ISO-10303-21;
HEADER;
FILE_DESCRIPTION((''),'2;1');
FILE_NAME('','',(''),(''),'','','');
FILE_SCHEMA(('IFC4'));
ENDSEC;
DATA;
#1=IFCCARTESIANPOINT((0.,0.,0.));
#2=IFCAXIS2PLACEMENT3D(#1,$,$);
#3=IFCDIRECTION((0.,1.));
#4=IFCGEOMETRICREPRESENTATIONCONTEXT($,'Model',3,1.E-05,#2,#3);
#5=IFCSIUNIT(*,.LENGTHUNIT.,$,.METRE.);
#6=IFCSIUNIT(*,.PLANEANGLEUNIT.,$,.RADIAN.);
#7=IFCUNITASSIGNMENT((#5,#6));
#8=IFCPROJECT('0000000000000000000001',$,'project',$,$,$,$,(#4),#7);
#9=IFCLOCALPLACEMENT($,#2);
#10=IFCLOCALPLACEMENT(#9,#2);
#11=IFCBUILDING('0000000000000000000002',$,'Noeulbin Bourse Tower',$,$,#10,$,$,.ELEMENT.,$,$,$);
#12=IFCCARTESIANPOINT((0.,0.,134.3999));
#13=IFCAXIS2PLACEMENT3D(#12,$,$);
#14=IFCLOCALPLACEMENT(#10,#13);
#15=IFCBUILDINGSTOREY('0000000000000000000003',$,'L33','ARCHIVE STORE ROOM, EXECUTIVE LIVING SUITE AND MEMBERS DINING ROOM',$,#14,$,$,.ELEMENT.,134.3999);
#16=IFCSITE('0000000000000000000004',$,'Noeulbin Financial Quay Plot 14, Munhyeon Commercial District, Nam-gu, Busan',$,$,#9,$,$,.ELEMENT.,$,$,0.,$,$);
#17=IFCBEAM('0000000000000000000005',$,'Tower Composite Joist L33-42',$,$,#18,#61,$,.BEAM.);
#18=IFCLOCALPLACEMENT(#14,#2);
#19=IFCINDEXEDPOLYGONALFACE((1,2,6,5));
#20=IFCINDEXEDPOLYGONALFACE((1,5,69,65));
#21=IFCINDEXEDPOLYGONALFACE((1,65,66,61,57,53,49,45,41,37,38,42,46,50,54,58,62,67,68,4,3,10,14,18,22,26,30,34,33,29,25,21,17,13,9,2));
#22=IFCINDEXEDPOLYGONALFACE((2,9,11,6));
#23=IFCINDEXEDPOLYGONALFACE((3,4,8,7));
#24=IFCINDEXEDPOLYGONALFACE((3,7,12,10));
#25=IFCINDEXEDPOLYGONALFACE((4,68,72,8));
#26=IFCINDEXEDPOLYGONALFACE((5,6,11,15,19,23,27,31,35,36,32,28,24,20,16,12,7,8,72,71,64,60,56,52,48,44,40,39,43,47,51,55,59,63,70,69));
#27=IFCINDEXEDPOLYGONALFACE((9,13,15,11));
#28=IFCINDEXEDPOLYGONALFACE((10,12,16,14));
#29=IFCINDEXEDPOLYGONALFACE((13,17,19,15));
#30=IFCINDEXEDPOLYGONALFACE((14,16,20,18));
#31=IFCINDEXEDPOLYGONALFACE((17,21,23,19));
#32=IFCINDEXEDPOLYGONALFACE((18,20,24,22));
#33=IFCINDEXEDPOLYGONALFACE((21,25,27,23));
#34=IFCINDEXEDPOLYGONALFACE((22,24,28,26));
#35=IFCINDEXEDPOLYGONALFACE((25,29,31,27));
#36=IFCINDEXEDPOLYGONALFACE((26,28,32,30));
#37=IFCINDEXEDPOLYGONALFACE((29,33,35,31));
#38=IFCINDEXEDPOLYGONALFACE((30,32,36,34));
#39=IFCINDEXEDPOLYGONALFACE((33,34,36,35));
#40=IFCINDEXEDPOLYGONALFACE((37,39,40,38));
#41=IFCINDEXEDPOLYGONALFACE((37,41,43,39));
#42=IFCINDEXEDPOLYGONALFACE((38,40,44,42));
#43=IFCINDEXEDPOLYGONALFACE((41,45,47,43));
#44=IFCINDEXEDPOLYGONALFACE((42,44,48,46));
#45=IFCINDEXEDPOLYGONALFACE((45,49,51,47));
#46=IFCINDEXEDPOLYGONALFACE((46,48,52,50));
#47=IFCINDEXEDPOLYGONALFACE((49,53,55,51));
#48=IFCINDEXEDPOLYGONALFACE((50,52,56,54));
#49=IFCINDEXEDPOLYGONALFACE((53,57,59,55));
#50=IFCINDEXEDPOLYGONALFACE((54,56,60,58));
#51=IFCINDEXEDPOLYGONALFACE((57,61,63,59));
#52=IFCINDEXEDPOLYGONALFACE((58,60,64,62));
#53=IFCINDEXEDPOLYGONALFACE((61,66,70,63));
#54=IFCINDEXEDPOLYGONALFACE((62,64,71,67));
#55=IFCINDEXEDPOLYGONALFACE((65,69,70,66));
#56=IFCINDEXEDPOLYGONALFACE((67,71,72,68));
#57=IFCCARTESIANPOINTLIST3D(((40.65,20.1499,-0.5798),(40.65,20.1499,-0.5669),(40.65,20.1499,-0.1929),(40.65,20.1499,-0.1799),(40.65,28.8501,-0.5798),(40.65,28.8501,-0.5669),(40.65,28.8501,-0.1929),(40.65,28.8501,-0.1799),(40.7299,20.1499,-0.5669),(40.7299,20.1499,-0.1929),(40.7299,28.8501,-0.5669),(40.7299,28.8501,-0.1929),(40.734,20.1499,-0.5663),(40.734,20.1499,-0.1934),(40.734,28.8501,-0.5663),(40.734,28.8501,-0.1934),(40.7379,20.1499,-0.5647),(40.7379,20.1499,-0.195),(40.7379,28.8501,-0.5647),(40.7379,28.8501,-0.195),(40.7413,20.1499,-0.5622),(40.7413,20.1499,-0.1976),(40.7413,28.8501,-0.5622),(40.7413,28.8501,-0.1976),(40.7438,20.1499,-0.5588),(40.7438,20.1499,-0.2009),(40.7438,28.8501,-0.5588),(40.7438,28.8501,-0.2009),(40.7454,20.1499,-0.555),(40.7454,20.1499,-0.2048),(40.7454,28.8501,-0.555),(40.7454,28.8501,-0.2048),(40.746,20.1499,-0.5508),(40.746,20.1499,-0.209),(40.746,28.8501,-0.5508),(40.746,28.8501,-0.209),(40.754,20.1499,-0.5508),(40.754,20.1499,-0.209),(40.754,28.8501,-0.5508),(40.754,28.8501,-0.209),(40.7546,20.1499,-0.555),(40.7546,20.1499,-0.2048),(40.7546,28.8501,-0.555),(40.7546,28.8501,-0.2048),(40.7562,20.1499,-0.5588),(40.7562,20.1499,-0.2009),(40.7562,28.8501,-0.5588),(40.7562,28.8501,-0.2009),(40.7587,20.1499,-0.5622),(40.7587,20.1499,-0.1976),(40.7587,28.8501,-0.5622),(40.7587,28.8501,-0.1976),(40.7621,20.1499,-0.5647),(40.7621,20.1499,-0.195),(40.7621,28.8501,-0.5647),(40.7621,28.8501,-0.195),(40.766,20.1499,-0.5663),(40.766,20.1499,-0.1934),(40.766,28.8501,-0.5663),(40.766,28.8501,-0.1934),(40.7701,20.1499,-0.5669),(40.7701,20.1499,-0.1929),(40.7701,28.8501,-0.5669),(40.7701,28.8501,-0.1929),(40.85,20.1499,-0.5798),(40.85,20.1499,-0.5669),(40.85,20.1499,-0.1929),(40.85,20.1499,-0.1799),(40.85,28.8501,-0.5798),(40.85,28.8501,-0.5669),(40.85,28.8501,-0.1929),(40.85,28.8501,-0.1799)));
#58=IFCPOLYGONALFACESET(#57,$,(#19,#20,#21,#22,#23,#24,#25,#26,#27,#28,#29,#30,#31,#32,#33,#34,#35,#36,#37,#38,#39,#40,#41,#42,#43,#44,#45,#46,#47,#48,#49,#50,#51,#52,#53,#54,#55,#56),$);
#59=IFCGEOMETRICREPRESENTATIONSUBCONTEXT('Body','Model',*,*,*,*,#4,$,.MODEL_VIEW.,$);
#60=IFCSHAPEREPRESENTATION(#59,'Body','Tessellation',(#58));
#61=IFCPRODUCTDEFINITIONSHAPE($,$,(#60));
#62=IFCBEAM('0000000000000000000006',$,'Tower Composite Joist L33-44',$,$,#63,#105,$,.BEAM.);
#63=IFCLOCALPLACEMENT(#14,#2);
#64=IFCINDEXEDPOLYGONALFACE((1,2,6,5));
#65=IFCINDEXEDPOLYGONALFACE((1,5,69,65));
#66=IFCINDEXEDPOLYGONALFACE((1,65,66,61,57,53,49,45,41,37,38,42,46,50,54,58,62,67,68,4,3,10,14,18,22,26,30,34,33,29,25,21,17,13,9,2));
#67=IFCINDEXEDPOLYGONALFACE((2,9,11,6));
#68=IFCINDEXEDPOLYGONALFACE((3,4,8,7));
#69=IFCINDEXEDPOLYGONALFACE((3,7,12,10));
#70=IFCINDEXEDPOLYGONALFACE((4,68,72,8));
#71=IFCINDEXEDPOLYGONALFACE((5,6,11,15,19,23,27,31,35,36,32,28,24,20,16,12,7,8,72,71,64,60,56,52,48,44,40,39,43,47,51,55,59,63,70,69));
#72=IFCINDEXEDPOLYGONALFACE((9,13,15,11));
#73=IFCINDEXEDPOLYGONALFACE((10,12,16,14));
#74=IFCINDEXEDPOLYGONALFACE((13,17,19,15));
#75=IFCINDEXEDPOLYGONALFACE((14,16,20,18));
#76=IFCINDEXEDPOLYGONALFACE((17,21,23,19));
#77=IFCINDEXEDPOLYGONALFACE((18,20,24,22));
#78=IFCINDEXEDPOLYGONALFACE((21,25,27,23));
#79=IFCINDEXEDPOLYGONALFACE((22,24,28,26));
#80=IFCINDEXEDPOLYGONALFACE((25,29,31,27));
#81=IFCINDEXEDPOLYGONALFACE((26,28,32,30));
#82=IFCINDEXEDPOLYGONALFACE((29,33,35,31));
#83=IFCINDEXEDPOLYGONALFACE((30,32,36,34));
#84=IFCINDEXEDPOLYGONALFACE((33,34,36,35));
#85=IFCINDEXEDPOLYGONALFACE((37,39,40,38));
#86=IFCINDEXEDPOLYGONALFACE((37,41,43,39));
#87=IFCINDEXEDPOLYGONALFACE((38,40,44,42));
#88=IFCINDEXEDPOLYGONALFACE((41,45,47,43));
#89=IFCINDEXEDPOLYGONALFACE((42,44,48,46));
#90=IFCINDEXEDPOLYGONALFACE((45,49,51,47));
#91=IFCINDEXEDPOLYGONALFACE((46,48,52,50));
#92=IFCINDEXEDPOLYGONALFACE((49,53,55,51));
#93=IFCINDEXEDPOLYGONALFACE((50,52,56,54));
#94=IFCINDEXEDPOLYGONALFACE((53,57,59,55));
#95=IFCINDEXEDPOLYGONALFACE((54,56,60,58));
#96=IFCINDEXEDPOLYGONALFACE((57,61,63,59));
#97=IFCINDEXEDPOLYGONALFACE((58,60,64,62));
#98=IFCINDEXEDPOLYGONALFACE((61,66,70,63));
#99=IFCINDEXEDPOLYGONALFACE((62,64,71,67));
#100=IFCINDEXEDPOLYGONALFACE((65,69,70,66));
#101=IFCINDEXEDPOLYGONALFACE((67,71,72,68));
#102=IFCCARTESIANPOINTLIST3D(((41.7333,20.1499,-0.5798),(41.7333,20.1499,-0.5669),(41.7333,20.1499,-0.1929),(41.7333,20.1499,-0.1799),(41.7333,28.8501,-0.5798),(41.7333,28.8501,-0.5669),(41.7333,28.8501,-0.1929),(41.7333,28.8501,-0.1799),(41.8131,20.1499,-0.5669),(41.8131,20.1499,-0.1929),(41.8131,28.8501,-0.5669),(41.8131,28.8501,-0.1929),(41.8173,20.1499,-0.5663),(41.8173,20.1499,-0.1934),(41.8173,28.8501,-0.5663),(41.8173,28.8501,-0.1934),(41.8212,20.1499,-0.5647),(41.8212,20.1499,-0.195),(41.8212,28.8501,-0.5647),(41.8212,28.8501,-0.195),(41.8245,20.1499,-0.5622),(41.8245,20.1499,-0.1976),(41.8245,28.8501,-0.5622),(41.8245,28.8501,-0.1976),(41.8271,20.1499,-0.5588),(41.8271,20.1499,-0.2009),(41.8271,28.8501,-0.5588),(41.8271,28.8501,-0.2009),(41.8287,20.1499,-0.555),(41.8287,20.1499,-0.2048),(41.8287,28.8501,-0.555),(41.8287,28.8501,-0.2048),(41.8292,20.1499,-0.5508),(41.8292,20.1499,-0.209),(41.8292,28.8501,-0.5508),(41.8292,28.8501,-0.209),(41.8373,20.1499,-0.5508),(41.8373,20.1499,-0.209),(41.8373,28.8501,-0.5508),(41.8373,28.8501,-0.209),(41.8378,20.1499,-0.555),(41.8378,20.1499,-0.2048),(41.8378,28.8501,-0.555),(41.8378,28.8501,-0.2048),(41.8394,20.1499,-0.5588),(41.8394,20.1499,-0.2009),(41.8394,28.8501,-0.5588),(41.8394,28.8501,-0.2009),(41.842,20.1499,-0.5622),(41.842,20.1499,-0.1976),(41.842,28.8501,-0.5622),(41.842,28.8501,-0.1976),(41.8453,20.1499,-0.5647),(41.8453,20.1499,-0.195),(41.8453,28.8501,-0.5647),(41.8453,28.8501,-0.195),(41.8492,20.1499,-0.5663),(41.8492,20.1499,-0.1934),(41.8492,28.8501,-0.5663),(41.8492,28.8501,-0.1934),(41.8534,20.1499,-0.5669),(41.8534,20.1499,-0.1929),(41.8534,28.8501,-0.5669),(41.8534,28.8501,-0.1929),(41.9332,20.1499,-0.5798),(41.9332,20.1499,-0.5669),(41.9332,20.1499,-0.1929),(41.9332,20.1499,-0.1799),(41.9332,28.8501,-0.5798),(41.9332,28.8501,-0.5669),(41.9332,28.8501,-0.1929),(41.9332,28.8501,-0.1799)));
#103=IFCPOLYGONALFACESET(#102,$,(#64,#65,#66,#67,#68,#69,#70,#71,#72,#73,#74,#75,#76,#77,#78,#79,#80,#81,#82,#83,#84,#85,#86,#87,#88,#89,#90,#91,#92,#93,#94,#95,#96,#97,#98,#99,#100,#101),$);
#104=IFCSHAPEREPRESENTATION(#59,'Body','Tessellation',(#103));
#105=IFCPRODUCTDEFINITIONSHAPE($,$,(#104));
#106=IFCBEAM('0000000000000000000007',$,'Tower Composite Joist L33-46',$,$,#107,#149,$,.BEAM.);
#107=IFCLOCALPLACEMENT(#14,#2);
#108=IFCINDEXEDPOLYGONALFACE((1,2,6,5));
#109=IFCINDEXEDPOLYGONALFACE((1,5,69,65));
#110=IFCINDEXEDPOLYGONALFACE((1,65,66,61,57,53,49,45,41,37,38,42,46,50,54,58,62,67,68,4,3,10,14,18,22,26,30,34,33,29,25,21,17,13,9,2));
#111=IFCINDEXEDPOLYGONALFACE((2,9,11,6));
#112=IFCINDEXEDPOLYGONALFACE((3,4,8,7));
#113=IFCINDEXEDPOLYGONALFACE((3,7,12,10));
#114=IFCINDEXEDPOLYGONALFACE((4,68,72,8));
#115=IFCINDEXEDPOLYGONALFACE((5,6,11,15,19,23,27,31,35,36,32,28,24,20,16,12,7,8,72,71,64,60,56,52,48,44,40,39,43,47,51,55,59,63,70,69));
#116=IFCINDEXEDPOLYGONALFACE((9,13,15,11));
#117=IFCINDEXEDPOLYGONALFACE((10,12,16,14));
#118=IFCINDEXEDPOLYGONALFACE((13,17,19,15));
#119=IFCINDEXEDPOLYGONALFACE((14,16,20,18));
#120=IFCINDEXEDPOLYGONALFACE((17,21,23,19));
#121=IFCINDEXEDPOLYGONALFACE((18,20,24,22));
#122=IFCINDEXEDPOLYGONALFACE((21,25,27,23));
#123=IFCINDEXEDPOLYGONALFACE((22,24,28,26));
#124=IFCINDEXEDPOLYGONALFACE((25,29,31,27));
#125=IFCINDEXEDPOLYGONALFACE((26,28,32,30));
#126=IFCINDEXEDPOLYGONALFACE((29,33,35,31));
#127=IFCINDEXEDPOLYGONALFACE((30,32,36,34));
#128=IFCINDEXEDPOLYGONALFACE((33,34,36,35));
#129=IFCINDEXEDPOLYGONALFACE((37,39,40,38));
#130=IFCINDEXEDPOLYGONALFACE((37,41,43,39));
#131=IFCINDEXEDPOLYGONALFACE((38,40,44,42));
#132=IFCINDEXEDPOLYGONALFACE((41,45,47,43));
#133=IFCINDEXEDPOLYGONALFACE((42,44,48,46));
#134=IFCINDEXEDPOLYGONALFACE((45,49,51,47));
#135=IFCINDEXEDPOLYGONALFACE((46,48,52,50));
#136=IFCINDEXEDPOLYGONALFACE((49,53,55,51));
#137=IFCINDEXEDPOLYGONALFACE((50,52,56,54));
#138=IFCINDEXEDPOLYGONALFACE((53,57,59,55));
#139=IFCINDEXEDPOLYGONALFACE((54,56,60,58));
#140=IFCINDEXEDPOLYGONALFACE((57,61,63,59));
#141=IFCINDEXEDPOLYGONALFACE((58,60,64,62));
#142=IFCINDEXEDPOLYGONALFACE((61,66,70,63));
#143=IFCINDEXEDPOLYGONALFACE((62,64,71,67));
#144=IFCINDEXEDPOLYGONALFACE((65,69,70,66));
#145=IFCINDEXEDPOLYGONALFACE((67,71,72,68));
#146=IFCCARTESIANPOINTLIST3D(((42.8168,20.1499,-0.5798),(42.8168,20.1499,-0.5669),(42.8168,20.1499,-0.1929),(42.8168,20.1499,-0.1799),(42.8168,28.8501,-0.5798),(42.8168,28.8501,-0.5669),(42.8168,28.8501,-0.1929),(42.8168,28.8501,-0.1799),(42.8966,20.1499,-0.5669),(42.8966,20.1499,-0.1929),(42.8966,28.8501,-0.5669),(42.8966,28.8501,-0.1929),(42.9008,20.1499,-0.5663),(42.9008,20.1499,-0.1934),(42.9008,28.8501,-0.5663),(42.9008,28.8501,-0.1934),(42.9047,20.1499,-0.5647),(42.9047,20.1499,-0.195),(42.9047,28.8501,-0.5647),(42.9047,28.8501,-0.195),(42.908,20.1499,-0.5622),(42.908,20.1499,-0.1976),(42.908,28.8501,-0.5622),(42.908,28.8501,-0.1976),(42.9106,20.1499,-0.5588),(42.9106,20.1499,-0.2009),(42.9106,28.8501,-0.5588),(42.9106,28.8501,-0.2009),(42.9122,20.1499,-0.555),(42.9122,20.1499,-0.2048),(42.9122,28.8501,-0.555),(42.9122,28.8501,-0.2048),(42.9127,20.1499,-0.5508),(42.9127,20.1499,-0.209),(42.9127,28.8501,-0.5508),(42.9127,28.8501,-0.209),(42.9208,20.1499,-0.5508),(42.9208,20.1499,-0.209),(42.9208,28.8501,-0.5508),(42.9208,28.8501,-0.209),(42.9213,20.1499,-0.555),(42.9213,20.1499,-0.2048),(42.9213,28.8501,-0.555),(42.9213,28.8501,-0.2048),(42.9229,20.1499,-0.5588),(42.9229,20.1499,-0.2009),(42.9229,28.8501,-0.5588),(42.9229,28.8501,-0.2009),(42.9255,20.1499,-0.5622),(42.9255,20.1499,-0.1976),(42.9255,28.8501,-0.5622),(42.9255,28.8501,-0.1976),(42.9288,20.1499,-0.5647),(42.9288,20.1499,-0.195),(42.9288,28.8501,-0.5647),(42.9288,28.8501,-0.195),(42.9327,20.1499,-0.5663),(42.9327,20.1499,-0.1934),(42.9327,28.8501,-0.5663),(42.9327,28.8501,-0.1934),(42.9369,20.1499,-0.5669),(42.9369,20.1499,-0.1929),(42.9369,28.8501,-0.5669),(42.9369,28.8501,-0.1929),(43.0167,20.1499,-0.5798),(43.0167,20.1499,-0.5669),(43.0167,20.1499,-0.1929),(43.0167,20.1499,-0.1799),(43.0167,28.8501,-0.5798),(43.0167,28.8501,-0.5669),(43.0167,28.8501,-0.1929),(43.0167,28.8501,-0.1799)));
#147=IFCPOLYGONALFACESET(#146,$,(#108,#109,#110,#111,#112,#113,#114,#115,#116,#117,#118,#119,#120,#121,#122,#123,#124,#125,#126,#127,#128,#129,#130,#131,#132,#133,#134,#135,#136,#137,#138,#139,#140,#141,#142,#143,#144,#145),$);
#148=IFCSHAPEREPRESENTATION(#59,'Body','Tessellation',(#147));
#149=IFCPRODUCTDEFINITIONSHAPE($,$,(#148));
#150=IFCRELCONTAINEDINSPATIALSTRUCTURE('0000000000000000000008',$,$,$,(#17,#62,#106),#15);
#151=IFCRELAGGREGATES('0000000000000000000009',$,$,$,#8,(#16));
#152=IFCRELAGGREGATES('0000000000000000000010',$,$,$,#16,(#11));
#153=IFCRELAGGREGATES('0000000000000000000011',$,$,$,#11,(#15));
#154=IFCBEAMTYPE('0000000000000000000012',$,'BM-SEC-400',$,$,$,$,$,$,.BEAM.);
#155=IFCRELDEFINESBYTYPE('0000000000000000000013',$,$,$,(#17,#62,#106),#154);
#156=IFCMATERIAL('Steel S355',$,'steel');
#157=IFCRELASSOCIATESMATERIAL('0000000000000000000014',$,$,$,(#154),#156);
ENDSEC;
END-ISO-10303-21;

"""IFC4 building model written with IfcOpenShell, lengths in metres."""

from ifc_helpers import new_model, si_unit, direction, frame, origin, origin_2d, place, context, subcontext, project, spatial, i_section, extrude, material, material_profile, profile_set, type_object, element, save


model = new_model("IFC4")

# Units and contexts
model_context = context("Model", 3, precision=1e-05, world=origin(), true_north=direction((0.0, 1.0)))
body_context = subcontext(model_context, "Body", "Model", "MODEL_VIEW")
ifc_project = project(units=[si_unit("LENGTHUNIT", "METRE"), si_unit("PLANEANGLEUNIT", "RADIAN")], contexts=[model_context])

# Site, building, storey
site_placement = place(None, origin())
site = spatial("IfcSite", under=ifc_project, at=site_placement, Name="Noeulbin Financial Quay Plot 14, Munhyeon Commercial District, Nam-gu, Busan", CompositionType="ELEMENT", RefElevation=0.0)
building_placement = place(site_placement, origin())
building = spatial("IfcBuilding", under=site, at=building_placement, Name="Noeulbin Bourse Tower", CompositionType="ELEMENT")
storey_placement = place(building_placement, frame((0.0, 0.0, 134.3999)))
storey = spatial("IfcBuildingStorey", under=building, at=storey_placement, Name="L33", Description="ARCHIVE STORE ROOM, EXECUTIVE LIVING SUITE AND MEMBERS DINING ROOM", CompositionType="ELEMENT", Elevation=134.3999)

# Shared definitions
ifc_material_1 = material(Name="Steel S355", Category="steel")

# Beams
ifc_material_profile_1 = material_profile(ifc_material_1, i_section(OverallWidth=0.2, OverallDepth=0.3999, WebThickness=0.0081, FlangeThickness=0.0129, FilletRadius=0.0161, at=origin_2d()), Name="H-400x200x8x13", Category="LoadBearing")
ifc_profile_set_1 = profile_set([ifc_material_profile_1], Name="Steel S355")
beam_type_1 = type_object("IfcBeamType", Name="BM-SEC-400", PredefinedType="BEAM", material=ifc_profile_set_1)
for number, where, z_axis, x_axis, name in (
    (1, (40.75, 20.1499, -0.3799), (0.0, 1.0, 0.0), (-1.0, 0.0, 0.0), "Tower Composite Joist L33-42"),
    (2, (41.8333, 20.1499, -0.3799), (0.0, 1.0, 0.0), (-1.0, 0.0, 0.0), "Tower Composite Joist L33-44"),
    (3, (42.9167, 20.1499, -0.3799), (0.0, 1.0, 0.0), (-1.0, 0.0, 0.0), "Tower Composite Joist L33-46"),
):
    element("IfcBeam", number, at=place(storey_placement, frame(where, z_axis=z_axis, x_axis=x_axis)), inside=storey, type_object=beam_type_1, Name=name, PredefinedType="BEAM", context=body_context, shape_type="SweptSolid", body=[
        extrude(i_section(OverallWidth=0.2, OverallDepth=0.3999, WebThickness=0.0081, FlangeThickness=0.0129, FilletRadius=0.0161, at=origin_2d()), origin(), (0.0, 0.0, 1.0), 8.7002),
    ])

save(model, "model.ifc")
